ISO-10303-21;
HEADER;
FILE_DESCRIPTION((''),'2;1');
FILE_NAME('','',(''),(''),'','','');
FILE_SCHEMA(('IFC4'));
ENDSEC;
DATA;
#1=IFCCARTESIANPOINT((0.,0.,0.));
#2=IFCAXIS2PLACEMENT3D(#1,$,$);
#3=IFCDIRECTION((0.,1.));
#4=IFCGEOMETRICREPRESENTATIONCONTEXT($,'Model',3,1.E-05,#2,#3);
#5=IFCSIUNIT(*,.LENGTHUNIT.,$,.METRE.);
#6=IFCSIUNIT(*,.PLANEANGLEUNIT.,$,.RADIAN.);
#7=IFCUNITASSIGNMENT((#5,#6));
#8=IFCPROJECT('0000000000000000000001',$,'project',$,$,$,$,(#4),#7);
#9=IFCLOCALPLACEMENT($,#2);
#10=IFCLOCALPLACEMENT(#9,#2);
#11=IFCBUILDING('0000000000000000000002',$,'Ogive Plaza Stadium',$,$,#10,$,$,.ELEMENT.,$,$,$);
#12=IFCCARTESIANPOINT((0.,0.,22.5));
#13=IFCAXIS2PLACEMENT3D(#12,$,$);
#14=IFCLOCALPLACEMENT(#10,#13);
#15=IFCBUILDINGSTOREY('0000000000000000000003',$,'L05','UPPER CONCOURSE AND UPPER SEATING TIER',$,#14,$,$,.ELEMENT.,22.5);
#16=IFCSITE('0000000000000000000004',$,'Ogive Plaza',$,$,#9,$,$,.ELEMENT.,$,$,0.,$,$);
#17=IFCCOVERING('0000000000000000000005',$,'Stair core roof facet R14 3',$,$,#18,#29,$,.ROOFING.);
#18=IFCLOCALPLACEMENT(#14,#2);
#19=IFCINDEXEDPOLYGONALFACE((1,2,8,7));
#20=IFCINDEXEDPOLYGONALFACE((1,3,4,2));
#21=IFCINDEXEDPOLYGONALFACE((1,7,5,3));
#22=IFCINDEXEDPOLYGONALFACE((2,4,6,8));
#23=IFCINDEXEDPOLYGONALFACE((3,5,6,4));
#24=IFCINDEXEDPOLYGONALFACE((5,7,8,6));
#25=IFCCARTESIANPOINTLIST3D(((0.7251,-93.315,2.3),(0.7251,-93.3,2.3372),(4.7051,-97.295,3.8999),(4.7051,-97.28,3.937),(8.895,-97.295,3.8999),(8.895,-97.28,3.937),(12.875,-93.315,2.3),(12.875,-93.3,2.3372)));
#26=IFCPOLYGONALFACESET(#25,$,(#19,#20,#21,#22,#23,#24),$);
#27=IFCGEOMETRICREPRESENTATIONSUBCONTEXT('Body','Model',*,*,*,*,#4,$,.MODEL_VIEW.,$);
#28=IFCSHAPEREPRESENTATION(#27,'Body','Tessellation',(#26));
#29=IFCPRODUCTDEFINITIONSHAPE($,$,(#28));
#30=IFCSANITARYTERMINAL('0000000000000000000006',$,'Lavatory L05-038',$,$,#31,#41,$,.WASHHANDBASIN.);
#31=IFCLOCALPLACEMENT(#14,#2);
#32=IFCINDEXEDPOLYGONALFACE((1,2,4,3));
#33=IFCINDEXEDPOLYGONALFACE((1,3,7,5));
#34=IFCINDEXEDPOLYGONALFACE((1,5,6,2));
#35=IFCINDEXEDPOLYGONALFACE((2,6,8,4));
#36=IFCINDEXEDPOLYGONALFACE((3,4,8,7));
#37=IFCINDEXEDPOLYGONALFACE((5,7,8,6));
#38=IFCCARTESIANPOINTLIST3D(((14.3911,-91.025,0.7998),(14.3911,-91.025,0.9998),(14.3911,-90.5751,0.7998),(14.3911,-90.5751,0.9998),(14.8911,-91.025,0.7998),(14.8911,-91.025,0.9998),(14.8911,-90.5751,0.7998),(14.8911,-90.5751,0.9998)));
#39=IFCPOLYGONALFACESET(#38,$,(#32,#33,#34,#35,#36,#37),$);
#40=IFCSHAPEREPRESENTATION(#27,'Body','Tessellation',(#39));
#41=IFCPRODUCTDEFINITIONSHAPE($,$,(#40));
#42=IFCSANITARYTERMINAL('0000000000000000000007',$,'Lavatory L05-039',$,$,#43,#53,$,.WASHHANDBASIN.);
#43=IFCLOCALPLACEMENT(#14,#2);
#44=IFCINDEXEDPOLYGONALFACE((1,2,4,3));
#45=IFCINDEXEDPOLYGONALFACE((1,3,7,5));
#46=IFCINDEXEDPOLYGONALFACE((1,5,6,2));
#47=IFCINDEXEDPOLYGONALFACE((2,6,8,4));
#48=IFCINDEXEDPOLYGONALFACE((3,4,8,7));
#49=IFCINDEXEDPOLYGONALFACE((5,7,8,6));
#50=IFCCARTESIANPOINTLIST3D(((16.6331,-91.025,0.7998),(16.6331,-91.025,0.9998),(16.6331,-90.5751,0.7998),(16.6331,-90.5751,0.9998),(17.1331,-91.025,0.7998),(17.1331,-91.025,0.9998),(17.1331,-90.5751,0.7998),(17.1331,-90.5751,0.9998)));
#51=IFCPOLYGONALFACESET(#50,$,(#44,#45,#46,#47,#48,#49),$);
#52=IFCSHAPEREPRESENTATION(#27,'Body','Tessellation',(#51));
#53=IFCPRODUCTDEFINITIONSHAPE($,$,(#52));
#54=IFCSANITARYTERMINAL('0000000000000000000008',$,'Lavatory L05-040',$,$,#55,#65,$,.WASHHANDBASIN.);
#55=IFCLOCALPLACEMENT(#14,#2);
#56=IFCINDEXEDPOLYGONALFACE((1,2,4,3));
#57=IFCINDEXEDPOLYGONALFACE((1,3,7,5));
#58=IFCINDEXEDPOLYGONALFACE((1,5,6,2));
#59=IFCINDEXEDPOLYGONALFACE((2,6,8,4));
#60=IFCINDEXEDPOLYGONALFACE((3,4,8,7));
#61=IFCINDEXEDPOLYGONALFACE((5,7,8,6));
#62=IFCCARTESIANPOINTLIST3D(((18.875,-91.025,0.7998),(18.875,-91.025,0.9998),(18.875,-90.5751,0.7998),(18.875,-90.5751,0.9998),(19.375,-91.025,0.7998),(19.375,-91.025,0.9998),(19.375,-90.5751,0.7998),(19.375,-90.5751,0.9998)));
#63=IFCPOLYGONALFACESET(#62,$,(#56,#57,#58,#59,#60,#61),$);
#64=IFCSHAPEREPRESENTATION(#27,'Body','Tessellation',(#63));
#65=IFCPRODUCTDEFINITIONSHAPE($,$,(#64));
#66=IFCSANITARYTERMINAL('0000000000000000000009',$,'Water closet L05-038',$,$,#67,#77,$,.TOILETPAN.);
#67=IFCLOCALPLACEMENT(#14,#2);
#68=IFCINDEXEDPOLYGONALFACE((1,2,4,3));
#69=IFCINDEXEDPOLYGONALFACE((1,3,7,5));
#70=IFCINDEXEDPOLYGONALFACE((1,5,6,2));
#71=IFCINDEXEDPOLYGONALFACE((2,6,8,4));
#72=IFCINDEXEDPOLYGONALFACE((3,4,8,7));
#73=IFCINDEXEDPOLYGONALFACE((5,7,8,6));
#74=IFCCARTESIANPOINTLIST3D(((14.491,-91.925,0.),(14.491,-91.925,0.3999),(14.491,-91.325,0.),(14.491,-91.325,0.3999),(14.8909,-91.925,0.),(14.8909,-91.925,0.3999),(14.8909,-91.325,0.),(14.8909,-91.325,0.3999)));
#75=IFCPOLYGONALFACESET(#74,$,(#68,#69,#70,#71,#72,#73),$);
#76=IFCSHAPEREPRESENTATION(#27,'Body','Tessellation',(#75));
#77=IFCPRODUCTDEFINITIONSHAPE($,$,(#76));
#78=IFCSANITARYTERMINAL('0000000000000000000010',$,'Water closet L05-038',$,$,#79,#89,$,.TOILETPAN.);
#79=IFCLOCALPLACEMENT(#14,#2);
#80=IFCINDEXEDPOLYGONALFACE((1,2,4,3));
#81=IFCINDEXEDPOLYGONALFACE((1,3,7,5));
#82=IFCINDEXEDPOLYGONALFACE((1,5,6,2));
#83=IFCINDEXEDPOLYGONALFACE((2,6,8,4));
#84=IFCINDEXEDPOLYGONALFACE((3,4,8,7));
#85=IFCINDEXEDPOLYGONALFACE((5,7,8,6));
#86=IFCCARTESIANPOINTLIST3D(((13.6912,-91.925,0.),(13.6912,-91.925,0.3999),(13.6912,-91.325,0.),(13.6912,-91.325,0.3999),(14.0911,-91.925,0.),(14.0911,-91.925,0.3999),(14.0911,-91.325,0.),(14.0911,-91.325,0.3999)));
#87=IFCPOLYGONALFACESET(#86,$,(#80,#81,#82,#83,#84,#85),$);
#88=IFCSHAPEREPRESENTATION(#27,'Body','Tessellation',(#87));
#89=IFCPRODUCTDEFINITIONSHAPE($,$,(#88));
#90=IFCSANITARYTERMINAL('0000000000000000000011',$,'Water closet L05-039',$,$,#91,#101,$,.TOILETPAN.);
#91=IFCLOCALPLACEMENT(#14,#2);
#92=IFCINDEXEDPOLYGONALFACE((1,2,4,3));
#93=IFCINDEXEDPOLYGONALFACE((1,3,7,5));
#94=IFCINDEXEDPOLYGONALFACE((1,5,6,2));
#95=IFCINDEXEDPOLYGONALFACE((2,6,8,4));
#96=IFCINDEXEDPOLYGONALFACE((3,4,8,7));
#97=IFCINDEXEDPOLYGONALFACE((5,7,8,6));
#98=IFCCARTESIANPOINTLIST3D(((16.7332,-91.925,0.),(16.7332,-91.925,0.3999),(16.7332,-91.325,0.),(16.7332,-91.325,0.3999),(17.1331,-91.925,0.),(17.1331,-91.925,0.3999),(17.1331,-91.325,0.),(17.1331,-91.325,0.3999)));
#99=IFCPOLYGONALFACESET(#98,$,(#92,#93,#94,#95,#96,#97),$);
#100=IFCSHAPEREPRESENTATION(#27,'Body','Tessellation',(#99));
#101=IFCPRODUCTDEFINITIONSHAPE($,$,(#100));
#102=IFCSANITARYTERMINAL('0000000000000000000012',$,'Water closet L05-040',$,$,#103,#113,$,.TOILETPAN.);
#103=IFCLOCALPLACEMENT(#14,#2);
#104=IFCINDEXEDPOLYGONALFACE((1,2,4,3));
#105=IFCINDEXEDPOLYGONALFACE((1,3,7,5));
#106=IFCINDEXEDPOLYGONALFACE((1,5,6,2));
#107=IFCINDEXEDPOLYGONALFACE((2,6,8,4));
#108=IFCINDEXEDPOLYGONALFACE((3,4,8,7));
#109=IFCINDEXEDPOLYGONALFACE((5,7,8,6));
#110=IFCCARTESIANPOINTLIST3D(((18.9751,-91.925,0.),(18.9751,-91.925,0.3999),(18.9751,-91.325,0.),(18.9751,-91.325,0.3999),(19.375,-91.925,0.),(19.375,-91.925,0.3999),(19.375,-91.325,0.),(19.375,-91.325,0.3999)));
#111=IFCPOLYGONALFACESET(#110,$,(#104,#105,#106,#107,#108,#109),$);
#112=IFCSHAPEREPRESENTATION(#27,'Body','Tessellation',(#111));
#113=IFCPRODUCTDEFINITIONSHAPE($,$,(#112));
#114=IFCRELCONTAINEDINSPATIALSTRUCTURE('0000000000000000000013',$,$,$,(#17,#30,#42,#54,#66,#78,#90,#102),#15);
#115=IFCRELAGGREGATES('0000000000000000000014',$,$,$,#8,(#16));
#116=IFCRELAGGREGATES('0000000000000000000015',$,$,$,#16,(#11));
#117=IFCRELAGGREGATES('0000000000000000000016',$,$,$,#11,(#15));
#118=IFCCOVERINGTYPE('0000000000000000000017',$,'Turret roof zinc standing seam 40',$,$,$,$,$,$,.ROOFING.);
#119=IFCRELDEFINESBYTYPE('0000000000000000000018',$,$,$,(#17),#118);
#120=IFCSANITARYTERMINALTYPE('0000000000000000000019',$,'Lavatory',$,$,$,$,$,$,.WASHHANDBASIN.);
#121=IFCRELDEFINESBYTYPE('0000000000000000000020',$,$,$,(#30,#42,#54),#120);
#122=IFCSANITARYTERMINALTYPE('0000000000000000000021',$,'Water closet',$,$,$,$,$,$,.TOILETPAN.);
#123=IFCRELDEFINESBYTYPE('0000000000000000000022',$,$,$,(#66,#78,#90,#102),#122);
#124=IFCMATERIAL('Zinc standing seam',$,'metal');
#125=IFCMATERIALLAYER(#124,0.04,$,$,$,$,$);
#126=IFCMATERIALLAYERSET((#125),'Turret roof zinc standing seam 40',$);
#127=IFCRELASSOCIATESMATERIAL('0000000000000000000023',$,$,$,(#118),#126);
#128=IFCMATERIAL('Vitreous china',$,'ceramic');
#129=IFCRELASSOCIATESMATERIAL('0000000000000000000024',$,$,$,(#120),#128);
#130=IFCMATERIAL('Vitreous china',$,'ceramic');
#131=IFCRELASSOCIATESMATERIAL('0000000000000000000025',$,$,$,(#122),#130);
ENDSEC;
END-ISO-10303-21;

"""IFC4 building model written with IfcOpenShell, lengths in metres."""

from ifc_helpers import new_model, si_unit, direction, frame, origin, origin_2d, place, context, subcontext, project, spatial, polyline, rectangle, outline, extrude, material, layer, layer_set, type_object, element, save


model = new_model("IFC4")

# Units and contexts
model_context = context("Model", 3, precision=1e-05, world=origin(), true_north=direction((0.0, 1.0)))
body_context = subcontext(model_context, "Body", "Model", "MODEL_VIEW")
ifc_project = project(units=[si_unit("LENGTHUNIT", "METRE"), si_unit("PLANEANGLEUNIT", "RADIAN")], contexts=[model_context])

# Site, building, storey
site_placement = place(None, origin())
site = spatial("IfcSite", under=ifc_project, at=site_placement, Name="Ogive Plaza", CompositionType="ELEMENT", RefElevation=0.0)
building_placement = place(site_placement, origin())
building = spatial("IfcBuilding", under=site, at=building_placement, Name="Ogive Plaza Stadium", CompositionType="ELEMENT")
storey_placement = place(building_placement, frame((0.0, 0.0, 22.5)))
storey = spatial("IfcBuildingStorey", under=building, at=storey_placement, Name="L05", Description="UPPER CONCOURSE AND UPPER SEATING TIER", CompositionType="ELEMENT", Elevation=22.5)

# Covering
ifc_material_1 = material(Name="Zinc standing seam", Category="metal")
ifc_layer_1 = layer(ifc_material_1, 0.04)
ifc_layer_set_1 = layer_set([ifc_layer_1], Name="Turret roof zinc standing seam 40")
covering_type_1 = type_object("IfcCoveringType", Name="Turret roof zinc standing seam 40", PredefinedType="ROOFING", material=ifc_layer_set_1)
covering_1_placement = place(storey_placement, frame((12.875, -93.3, 2.3372), z_axis=(0.0, 0.37297, 0.927843), x_axis=(-1.0, 0.0, 0.0)))
element("IfcCovering", 1, at=covering_1_placement, inside=storey, type_object=covering_type_1, Name="Stair core roof facet R14 3", PredefinedType="ROOFING", context=body_context, shape_type="SweptSolid", body=[
    extrude(outline(polyline([(0.0, 0.0), (12.1499, 0.0), (8.1699, 4.2895), (3.98, 4.2895), (0.0, 0.0)])), origin(), (0.0, 0.0, -1.0), 0.04),
])

# Sanitary terminals
ifc_material_2 = material(Name="Vitreous china", Category="ceramic")
sanitary_terminal_type_1 = type_object("IfcSanitaryTerminalType", Name="Lavatory", PredefinedType="WASHHANDBASIN", material=ifc_material_2)
for number, where, z_axis, x_axis, name in (
    (2, (14.6411, -90.8, 0.7998), (0.0, 0.0, 1.0), (-1.0, 0.0, 0.0), "Lavatory L05-038"),
    (3, (16.8831, -90.8, 0.7998), (0.0, 0.0, 1.0), (-1.0, 0.0, 0.0), "Lavatory L05-039"),
    (4, (19.125, -90.8, 0.7998), (0.0, 0.0, 1.0), (-1.0, 0.0, 0.0), "Lavatory L05-040"),
):
    element("IfcSanitaryTerminal", number, at=place(storey_placement, frame(where, z_axis=z_axis, x_axis=x_axis)), inside=storey, type_object=sanitary_terminal_type_1, Name=name, PredefinedType="WASHHANDBASIN", context=body_context, shape_type="SweptSolid", body=[
        extrude(rectangle(XDim=0.5, YDim=0.45, at=origin_2d()), origin(), (0.0, 0.0, 1.0), 0.2),
    ])
ifc_material_3 = material(Name="Vitreous china", Category="ceramic")
sanitary_terminal_type_2 = type_object("IfcSanitaryTerminalType", Name="Water closet", PredefinedType="TOILETPAN", material=ifc_material_3)
for number, where, z_axis, x_axis, name in (
    (5, (14.6909, -91.625, 0.0), (0.0, 0.0, 1.0), (-1.0, 0.0, 0.0), "Water closet L05-038"),
    (6, (13.8911, -91.625, 0.0), (0.0, 0.0, 1.0), (-1.0, 0.0, 0.0), "Water closet L05-038"),
    (7, (16.9331, -91.625, 0.0), (0.0, 0.0, 1.0), (-1.0, 0.0, 0.0), "Water closet L05-039"),
    (8, (19.175, -91.625, 0.0), (0.0, 0.0, 1.0), (-1.0, 0.0, 0.0), "Water closet L05-040"),
):
    element("IfcSanitaryTerminal", number, at=place(storey_placement, frame(where, z_axis=z_axis, x_axis=x_axis)), inside=storey, type_object=sanitary_terminal_type_2, Name=name, PredefinedType="TOILETPAN", context=body_context, shape_type="SweptSolid", body=[
        extrude(rectangle(XDim=0.3999, YDim=0.6001, at=origin_2d()), origin(), (0.0, 0.0, 1.0), 0.3999),
    ])

save(model, "model.ifc")
